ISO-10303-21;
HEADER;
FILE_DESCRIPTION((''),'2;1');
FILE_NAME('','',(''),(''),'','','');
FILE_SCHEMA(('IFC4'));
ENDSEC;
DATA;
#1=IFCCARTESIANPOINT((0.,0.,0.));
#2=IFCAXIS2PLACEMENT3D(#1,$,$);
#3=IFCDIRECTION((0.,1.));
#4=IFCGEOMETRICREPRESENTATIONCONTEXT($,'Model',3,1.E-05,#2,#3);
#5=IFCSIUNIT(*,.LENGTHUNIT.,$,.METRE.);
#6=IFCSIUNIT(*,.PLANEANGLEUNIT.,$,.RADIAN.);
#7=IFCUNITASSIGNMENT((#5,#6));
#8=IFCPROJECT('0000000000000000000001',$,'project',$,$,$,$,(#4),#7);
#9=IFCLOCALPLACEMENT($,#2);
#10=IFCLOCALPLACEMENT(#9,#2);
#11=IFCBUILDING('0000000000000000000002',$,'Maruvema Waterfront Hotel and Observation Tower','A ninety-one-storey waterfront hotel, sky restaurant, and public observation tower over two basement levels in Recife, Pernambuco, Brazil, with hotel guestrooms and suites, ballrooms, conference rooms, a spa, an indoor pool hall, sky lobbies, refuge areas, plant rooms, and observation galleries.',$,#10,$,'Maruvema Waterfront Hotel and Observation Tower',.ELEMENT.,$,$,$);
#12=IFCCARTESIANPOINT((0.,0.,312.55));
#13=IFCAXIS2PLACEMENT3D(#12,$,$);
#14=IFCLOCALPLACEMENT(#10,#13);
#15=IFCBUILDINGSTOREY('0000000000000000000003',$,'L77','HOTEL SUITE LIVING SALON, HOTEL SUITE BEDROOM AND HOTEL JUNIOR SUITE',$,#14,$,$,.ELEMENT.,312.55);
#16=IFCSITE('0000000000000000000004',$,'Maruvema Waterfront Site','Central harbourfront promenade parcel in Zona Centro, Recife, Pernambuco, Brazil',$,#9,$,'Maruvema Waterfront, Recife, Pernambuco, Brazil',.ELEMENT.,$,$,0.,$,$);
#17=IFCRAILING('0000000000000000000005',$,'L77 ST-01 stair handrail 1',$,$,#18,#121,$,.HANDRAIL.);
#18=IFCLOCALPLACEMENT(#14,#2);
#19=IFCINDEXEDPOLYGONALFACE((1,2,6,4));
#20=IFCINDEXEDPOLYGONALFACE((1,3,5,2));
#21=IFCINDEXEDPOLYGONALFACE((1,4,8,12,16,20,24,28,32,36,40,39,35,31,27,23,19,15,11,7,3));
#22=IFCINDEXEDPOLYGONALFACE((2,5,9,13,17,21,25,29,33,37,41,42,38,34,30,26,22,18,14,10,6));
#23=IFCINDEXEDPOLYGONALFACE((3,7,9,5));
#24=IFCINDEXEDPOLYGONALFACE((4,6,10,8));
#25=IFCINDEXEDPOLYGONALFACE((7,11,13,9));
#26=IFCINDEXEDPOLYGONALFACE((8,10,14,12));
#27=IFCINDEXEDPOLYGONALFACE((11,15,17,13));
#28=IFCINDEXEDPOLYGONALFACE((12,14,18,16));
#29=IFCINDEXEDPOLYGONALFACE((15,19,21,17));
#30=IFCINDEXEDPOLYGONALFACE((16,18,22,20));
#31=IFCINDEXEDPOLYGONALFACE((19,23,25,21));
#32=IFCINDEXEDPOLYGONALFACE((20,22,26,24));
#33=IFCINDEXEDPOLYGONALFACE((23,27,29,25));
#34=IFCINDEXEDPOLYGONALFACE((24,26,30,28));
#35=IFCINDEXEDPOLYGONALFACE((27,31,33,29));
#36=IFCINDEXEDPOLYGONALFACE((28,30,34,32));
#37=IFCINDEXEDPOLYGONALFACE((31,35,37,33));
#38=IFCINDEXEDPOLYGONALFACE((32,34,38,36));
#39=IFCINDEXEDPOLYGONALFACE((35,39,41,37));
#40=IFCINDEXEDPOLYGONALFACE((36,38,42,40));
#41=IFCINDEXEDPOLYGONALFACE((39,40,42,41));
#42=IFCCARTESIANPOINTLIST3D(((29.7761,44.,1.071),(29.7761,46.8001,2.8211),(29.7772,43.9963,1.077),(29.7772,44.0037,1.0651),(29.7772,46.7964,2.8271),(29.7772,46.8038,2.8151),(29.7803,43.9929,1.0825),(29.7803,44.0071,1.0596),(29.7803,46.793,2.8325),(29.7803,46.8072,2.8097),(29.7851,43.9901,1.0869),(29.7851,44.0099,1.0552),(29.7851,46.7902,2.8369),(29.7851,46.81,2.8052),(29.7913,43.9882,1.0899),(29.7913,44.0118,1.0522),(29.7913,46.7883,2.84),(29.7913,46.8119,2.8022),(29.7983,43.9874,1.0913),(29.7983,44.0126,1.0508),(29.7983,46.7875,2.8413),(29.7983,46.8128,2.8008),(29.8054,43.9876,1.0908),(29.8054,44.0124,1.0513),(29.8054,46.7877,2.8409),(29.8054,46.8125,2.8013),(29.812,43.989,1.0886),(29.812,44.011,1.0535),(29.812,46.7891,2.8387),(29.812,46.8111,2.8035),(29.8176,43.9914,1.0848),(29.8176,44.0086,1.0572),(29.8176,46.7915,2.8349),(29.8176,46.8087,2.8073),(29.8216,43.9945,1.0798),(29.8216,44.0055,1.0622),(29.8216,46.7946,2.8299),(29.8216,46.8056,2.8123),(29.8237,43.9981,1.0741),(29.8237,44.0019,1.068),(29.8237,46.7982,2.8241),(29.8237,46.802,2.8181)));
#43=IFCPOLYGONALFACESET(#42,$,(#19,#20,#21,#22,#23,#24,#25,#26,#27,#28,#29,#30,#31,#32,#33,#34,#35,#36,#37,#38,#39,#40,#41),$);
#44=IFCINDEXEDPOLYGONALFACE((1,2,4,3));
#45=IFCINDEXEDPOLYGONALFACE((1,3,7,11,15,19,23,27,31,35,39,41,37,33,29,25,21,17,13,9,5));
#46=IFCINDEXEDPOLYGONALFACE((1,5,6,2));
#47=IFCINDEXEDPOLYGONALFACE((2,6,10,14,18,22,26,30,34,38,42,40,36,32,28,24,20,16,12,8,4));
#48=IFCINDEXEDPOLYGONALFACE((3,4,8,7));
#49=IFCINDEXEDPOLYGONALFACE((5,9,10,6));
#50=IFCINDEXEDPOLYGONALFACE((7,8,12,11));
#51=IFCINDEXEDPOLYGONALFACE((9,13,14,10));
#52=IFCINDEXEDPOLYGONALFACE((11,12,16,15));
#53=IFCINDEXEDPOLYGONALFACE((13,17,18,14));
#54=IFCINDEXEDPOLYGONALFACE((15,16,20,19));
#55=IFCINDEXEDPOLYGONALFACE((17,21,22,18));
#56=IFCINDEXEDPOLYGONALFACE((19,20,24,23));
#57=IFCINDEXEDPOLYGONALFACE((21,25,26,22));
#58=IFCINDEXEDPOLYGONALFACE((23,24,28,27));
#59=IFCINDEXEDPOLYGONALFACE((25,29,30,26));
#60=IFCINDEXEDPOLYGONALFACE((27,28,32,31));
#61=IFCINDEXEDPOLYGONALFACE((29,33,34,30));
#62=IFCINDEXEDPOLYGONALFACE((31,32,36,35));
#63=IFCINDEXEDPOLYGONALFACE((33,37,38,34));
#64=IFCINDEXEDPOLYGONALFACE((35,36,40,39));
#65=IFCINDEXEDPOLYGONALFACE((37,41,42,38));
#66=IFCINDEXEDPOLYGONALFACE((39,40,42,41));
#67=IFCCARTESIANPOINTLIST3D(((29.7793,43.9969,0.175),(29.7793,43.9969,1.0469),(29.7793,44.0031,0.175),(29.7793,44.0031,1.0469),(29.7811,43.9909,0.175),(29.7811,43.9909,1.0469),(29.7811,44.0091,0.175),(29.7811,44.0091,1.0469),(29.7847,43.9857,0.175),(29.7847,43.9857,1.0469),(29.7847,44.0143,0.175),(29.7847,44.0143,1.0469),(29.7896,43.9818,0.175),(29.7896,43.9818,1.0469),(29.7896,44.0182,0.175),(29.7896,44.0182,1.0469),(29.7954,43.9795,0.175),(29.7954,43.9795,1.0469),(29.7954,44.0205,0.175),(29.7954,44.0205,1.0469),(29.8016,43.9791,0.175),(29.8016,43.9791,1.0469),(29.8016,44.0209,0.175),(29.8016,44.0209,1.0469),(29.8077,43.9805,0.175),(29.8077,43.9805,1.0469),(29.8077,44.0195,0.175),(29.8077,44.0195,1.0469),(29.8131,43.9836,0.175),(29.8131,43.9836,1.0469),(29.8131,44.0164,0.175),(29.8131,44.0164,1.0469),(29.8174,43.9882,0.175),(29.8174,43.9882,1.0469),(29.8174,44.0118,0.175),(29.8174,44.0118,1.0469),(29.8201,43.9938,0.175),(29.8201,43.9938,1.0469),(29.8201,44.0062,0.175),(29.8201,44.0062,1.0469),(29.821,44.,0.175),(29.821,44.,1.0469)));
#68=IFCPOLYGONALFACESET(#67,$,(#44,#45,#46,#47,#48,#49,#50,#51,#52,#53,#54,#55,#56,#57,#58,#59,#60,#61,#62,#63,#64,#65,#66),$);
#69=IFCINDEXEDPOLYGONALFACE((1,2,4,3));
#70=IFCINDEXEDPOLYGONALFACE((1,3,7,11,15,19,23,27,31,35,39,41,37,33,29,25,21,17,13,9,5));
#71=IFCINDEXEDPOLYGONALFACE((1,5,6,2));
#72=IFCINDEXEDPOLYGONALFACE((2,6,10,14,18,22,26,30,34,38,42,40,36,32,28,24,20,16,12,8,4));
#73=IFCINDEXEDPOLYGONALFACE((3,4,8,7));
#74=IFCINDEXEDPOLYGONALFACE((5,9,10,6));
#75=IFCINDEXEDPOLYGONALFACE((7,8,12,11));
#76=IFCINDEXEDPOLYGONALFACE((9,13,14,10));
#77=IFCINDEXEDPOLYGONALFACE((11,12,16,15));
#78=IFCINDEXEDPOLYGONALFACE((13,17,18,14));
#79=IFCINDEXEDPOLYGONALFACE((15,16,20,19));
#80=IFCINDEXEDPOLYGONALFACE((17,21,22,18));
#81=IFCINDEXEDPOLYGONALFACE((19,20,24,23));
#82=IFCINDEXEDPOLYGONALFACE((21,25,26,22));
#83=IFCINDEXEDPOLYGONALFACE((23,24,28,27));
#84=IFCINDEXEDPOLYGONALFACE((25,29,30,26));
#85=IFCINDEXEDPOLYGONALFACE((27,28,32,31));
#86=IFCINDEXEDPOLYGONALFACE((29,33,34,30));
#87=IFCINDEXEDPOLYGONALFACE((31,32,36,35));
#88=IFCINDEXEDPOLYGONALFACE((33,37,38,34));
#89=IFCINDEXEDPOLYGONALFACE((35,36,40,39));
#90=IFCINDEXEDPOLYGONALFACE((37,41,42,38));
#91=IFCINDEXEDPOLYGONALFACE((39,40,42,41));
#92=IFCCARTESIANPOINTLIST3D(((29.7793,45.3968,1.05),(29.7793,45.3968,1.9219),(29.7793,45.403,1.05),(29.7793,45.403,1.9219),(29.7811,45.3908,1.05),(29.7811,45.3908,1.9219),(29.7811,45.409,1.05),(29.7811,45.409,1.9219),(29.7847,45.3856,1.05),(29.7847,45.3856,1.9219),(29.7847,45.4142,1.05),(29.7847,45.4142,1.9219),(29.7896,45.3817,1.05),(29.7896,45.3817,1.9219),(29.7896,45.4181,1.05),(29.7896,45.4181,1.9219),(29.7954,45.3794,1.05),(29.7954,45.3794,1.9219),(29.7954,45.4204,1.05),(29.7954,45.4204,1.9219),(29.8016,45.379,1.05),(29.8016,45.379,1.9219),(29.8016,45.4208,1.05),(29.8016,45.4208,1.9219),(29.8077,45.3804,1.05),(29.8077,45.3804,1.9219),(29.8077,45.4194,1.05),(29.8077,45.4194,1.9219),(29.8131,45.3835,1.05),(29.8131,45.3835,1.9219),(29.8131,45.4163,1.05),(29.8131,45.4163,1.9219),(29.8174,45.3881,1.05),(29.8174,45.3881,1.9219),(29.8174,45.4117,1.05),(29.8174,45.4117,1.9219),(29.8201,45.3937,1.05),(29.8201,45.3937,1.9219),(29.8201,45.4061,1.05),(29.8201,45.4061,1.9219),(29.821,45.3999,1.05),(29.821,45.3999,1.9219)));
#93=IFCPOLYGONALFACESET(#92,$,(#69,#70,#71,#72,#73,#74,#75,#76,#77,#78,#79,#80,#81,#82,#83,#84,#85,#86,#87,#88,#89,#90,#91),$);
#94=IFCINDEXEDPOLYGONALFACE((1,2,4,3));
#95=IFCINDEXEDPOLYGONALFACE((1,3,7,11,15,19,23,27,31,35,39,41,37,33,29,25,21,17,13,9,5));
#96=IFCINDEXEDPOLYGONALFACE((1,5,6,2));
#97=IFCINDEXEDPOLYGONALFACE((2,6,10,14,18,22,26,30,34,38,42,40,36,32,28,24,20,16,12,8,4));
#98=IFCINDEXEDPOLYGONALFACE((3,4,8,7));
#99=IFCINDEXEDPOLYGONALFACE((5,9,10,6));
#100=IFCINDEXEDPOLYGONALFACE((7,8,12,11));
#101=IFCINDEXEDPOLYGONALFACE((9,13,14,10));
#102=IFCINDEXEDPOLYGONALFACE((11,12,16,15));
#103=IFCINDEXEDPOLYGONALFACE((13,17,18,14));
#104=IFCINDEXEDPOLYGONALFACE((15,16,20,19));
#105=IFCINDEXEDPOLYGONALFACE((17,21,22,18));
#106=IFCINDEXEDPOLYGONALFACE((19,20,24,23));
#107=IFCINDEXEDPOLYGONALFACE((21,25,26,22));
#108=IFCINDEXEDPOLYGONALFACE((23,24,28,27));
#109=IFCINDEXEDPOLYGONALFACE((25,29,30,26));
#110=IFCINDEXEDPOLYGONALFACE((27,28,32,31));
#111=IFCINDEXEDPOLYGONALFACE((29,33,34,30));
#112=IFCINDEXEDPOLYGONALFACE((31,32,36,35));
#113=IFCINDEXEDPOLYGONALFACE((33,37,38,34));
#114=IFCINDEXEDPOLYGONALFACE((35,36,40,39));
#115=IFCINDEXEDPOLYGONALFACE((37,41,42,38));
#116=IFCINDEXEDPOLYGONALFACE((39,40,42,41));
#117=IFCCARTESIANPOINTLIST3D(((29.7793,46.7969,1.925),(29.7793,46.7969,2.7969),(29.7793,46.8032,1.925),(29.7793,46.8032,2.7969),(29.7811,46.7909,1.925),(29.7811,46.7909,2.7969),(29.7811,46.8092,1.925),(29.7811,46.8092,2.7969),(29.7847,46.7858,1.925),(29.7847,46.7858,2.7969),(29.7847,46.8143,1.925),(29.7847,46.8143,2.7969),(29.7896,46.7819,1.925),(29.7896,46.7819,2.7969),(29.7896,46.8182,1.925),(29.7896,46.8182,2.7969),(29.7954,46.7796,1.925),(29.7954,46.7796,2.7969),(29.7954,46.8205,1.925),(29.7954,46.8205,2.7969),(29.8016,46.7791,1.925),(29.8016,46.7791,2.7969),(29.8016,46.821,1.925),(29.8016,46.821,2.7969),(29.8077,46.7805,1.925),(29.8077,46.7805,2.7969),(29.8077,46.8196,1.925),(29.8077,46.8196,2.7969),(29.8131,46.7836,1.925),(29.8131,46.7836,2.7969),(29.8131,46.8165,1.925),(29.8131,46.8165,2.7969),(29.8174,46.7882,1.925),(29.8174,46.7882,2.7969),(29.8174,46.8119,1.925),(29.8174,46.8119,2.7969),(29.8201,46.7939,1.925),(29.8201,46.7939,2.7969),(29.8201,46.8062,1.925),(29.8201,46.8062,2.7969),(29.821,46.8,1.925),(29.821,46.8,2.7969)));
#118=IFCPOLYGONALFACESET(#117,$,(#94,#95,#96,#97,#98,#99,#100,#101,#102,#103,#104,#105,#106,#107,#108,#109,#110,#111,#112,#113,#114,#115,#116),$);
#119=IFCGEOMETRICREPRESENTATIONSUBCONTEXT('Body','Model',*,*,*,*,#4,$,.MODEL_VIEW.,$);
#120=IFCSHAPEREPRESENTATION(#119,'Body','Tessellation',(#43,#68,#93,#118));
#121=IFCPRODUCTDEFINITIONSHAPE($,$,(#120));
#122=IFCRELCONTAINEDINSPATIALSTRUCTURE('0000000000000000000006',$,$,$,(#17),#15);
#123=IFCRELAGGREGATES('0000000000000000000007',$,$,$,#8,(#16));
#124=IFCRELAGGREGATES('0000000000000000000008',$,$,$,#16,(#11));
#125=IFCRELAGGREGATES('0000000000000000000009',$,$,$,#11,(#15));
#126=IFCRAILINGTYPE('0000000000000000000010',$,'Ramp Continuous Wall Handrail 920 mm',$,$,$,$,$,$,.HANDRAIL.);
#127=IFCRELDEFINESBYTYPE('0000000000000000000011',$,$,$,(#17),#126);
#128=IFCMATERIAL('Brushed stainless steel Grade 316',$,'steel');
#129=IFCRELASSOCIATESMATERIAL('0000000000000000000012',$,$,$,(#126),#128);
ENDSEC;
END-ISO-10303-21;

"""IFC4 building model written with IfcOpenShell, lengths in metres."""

from ifc_helpers import new_model, si_unit, direction, frame, origin, origin_2d, place, context, subcontext, project, spatial, circle, extrude, material, type_object, element, save


model = new_model("IFC4")

# Units and contexts
model_context = context("Model", 3, precision=1e-05, world=origin(), true_north=direction((0.0, 1.0)))
body_context = subcontext(model_context, "Body", "Model", "MODEL_VIEW")
ifc_project = project(units=[si_unit("LENGTHUNIT", "METRE"), si_unit("PLANEANGLEUNIT", "RADIAN")], contexts=[model_context])

# Site, building, storey
site_placement = place(None, origin())
site = spatial("IfcSite", under=ifc_project, at=site_placement, Name="Maruvema Waterfront Site", Description="Central harbourfront promenade parcel in Zona Centro, Recife, Pernambuco, Brazil", LongName="Maruvema Waterfront, Recife, Pernambuco, Brazil", CompositionType="ELEMENT", RefElevation=0.0)
building_placement = place(site_placement, origin())
building = spatial("IfcBuilding", under=site, at=building_placement, Name="Maruvema Waterfront Hotel and Observation Tower", Description="A ninety-one-storey waterfront hotel, sky restaurant, and public observation tower over two basement levels in Recife, Pernambuco, Brazil, with hotel guestrooms and suites, ballrooms, conference rooms, a spa, an indoor pool hall, sky lobbies, refuge areas, plant rooms, and observation galleries.", LongName="Maruvema Waterfront Hotel and Observation Tower", CompositionType="ELEMENT")
storey_placement = place(building_placement, frame((0.0, 0.0, 312.55)))
storey = spatial("IfcBuildingStorey", under=building, at=storey_placement, Name="L77", Description="HOTEL SUITE LIVING SALON, HOTEL SUITE BEDROOM AND HOTEL JUNIOR SUITE", CompositionType="ELEMENT", Elevation=312.55)

# Railing
ifc_material_1 = material(Name="Brushed stainless steel Grade 316", Category="steel")
railing_type_1 = type_object("IfcRailingType", Name="Ramp Continuous Wall Handrail 920 mm", PredefinedType="HANDRAIL", material=ifc_material_1)
railing_1_placement = place(storey_placement, frame((29.8, 44.0, 0.175)))
element("IfcRailing", 1, at=railing_1_placement, inside=storey, type_object=railing_type_1, Name="L77 ST-01 stair handrail 1", PredefinedType="HANDRAIL", context=body_context, shape_type="SweptSolid", body=[
    extrude(circle(Radius=0.0239, at=origin_2d()), frame((0.0, 0.0, 0.896), z_axis=(0.0, 0.848002, 0.529992), x_axis=(-1.0, 0.0, 0.0)), (0.0, 0.0, 1.0), 3.302),
    extrude(circle(Radius=0.021, at=origin_2d()), origin(), (0.0, 0.0, 1.0), 0.8718),
    extrude(circle(Radius=0.021, at=origin_2d()), frame((0.0, 1.3999, 0.875)), (0.0, 0.0, 1.0), 0.8718),
    extrude(circle(Radius=0.021, at=origin_2d()), frame((0.0, 2.8, 1.75)), (0.0, 0.0, 1.0), 0.8718),
])

save(model, "model.ifc")
